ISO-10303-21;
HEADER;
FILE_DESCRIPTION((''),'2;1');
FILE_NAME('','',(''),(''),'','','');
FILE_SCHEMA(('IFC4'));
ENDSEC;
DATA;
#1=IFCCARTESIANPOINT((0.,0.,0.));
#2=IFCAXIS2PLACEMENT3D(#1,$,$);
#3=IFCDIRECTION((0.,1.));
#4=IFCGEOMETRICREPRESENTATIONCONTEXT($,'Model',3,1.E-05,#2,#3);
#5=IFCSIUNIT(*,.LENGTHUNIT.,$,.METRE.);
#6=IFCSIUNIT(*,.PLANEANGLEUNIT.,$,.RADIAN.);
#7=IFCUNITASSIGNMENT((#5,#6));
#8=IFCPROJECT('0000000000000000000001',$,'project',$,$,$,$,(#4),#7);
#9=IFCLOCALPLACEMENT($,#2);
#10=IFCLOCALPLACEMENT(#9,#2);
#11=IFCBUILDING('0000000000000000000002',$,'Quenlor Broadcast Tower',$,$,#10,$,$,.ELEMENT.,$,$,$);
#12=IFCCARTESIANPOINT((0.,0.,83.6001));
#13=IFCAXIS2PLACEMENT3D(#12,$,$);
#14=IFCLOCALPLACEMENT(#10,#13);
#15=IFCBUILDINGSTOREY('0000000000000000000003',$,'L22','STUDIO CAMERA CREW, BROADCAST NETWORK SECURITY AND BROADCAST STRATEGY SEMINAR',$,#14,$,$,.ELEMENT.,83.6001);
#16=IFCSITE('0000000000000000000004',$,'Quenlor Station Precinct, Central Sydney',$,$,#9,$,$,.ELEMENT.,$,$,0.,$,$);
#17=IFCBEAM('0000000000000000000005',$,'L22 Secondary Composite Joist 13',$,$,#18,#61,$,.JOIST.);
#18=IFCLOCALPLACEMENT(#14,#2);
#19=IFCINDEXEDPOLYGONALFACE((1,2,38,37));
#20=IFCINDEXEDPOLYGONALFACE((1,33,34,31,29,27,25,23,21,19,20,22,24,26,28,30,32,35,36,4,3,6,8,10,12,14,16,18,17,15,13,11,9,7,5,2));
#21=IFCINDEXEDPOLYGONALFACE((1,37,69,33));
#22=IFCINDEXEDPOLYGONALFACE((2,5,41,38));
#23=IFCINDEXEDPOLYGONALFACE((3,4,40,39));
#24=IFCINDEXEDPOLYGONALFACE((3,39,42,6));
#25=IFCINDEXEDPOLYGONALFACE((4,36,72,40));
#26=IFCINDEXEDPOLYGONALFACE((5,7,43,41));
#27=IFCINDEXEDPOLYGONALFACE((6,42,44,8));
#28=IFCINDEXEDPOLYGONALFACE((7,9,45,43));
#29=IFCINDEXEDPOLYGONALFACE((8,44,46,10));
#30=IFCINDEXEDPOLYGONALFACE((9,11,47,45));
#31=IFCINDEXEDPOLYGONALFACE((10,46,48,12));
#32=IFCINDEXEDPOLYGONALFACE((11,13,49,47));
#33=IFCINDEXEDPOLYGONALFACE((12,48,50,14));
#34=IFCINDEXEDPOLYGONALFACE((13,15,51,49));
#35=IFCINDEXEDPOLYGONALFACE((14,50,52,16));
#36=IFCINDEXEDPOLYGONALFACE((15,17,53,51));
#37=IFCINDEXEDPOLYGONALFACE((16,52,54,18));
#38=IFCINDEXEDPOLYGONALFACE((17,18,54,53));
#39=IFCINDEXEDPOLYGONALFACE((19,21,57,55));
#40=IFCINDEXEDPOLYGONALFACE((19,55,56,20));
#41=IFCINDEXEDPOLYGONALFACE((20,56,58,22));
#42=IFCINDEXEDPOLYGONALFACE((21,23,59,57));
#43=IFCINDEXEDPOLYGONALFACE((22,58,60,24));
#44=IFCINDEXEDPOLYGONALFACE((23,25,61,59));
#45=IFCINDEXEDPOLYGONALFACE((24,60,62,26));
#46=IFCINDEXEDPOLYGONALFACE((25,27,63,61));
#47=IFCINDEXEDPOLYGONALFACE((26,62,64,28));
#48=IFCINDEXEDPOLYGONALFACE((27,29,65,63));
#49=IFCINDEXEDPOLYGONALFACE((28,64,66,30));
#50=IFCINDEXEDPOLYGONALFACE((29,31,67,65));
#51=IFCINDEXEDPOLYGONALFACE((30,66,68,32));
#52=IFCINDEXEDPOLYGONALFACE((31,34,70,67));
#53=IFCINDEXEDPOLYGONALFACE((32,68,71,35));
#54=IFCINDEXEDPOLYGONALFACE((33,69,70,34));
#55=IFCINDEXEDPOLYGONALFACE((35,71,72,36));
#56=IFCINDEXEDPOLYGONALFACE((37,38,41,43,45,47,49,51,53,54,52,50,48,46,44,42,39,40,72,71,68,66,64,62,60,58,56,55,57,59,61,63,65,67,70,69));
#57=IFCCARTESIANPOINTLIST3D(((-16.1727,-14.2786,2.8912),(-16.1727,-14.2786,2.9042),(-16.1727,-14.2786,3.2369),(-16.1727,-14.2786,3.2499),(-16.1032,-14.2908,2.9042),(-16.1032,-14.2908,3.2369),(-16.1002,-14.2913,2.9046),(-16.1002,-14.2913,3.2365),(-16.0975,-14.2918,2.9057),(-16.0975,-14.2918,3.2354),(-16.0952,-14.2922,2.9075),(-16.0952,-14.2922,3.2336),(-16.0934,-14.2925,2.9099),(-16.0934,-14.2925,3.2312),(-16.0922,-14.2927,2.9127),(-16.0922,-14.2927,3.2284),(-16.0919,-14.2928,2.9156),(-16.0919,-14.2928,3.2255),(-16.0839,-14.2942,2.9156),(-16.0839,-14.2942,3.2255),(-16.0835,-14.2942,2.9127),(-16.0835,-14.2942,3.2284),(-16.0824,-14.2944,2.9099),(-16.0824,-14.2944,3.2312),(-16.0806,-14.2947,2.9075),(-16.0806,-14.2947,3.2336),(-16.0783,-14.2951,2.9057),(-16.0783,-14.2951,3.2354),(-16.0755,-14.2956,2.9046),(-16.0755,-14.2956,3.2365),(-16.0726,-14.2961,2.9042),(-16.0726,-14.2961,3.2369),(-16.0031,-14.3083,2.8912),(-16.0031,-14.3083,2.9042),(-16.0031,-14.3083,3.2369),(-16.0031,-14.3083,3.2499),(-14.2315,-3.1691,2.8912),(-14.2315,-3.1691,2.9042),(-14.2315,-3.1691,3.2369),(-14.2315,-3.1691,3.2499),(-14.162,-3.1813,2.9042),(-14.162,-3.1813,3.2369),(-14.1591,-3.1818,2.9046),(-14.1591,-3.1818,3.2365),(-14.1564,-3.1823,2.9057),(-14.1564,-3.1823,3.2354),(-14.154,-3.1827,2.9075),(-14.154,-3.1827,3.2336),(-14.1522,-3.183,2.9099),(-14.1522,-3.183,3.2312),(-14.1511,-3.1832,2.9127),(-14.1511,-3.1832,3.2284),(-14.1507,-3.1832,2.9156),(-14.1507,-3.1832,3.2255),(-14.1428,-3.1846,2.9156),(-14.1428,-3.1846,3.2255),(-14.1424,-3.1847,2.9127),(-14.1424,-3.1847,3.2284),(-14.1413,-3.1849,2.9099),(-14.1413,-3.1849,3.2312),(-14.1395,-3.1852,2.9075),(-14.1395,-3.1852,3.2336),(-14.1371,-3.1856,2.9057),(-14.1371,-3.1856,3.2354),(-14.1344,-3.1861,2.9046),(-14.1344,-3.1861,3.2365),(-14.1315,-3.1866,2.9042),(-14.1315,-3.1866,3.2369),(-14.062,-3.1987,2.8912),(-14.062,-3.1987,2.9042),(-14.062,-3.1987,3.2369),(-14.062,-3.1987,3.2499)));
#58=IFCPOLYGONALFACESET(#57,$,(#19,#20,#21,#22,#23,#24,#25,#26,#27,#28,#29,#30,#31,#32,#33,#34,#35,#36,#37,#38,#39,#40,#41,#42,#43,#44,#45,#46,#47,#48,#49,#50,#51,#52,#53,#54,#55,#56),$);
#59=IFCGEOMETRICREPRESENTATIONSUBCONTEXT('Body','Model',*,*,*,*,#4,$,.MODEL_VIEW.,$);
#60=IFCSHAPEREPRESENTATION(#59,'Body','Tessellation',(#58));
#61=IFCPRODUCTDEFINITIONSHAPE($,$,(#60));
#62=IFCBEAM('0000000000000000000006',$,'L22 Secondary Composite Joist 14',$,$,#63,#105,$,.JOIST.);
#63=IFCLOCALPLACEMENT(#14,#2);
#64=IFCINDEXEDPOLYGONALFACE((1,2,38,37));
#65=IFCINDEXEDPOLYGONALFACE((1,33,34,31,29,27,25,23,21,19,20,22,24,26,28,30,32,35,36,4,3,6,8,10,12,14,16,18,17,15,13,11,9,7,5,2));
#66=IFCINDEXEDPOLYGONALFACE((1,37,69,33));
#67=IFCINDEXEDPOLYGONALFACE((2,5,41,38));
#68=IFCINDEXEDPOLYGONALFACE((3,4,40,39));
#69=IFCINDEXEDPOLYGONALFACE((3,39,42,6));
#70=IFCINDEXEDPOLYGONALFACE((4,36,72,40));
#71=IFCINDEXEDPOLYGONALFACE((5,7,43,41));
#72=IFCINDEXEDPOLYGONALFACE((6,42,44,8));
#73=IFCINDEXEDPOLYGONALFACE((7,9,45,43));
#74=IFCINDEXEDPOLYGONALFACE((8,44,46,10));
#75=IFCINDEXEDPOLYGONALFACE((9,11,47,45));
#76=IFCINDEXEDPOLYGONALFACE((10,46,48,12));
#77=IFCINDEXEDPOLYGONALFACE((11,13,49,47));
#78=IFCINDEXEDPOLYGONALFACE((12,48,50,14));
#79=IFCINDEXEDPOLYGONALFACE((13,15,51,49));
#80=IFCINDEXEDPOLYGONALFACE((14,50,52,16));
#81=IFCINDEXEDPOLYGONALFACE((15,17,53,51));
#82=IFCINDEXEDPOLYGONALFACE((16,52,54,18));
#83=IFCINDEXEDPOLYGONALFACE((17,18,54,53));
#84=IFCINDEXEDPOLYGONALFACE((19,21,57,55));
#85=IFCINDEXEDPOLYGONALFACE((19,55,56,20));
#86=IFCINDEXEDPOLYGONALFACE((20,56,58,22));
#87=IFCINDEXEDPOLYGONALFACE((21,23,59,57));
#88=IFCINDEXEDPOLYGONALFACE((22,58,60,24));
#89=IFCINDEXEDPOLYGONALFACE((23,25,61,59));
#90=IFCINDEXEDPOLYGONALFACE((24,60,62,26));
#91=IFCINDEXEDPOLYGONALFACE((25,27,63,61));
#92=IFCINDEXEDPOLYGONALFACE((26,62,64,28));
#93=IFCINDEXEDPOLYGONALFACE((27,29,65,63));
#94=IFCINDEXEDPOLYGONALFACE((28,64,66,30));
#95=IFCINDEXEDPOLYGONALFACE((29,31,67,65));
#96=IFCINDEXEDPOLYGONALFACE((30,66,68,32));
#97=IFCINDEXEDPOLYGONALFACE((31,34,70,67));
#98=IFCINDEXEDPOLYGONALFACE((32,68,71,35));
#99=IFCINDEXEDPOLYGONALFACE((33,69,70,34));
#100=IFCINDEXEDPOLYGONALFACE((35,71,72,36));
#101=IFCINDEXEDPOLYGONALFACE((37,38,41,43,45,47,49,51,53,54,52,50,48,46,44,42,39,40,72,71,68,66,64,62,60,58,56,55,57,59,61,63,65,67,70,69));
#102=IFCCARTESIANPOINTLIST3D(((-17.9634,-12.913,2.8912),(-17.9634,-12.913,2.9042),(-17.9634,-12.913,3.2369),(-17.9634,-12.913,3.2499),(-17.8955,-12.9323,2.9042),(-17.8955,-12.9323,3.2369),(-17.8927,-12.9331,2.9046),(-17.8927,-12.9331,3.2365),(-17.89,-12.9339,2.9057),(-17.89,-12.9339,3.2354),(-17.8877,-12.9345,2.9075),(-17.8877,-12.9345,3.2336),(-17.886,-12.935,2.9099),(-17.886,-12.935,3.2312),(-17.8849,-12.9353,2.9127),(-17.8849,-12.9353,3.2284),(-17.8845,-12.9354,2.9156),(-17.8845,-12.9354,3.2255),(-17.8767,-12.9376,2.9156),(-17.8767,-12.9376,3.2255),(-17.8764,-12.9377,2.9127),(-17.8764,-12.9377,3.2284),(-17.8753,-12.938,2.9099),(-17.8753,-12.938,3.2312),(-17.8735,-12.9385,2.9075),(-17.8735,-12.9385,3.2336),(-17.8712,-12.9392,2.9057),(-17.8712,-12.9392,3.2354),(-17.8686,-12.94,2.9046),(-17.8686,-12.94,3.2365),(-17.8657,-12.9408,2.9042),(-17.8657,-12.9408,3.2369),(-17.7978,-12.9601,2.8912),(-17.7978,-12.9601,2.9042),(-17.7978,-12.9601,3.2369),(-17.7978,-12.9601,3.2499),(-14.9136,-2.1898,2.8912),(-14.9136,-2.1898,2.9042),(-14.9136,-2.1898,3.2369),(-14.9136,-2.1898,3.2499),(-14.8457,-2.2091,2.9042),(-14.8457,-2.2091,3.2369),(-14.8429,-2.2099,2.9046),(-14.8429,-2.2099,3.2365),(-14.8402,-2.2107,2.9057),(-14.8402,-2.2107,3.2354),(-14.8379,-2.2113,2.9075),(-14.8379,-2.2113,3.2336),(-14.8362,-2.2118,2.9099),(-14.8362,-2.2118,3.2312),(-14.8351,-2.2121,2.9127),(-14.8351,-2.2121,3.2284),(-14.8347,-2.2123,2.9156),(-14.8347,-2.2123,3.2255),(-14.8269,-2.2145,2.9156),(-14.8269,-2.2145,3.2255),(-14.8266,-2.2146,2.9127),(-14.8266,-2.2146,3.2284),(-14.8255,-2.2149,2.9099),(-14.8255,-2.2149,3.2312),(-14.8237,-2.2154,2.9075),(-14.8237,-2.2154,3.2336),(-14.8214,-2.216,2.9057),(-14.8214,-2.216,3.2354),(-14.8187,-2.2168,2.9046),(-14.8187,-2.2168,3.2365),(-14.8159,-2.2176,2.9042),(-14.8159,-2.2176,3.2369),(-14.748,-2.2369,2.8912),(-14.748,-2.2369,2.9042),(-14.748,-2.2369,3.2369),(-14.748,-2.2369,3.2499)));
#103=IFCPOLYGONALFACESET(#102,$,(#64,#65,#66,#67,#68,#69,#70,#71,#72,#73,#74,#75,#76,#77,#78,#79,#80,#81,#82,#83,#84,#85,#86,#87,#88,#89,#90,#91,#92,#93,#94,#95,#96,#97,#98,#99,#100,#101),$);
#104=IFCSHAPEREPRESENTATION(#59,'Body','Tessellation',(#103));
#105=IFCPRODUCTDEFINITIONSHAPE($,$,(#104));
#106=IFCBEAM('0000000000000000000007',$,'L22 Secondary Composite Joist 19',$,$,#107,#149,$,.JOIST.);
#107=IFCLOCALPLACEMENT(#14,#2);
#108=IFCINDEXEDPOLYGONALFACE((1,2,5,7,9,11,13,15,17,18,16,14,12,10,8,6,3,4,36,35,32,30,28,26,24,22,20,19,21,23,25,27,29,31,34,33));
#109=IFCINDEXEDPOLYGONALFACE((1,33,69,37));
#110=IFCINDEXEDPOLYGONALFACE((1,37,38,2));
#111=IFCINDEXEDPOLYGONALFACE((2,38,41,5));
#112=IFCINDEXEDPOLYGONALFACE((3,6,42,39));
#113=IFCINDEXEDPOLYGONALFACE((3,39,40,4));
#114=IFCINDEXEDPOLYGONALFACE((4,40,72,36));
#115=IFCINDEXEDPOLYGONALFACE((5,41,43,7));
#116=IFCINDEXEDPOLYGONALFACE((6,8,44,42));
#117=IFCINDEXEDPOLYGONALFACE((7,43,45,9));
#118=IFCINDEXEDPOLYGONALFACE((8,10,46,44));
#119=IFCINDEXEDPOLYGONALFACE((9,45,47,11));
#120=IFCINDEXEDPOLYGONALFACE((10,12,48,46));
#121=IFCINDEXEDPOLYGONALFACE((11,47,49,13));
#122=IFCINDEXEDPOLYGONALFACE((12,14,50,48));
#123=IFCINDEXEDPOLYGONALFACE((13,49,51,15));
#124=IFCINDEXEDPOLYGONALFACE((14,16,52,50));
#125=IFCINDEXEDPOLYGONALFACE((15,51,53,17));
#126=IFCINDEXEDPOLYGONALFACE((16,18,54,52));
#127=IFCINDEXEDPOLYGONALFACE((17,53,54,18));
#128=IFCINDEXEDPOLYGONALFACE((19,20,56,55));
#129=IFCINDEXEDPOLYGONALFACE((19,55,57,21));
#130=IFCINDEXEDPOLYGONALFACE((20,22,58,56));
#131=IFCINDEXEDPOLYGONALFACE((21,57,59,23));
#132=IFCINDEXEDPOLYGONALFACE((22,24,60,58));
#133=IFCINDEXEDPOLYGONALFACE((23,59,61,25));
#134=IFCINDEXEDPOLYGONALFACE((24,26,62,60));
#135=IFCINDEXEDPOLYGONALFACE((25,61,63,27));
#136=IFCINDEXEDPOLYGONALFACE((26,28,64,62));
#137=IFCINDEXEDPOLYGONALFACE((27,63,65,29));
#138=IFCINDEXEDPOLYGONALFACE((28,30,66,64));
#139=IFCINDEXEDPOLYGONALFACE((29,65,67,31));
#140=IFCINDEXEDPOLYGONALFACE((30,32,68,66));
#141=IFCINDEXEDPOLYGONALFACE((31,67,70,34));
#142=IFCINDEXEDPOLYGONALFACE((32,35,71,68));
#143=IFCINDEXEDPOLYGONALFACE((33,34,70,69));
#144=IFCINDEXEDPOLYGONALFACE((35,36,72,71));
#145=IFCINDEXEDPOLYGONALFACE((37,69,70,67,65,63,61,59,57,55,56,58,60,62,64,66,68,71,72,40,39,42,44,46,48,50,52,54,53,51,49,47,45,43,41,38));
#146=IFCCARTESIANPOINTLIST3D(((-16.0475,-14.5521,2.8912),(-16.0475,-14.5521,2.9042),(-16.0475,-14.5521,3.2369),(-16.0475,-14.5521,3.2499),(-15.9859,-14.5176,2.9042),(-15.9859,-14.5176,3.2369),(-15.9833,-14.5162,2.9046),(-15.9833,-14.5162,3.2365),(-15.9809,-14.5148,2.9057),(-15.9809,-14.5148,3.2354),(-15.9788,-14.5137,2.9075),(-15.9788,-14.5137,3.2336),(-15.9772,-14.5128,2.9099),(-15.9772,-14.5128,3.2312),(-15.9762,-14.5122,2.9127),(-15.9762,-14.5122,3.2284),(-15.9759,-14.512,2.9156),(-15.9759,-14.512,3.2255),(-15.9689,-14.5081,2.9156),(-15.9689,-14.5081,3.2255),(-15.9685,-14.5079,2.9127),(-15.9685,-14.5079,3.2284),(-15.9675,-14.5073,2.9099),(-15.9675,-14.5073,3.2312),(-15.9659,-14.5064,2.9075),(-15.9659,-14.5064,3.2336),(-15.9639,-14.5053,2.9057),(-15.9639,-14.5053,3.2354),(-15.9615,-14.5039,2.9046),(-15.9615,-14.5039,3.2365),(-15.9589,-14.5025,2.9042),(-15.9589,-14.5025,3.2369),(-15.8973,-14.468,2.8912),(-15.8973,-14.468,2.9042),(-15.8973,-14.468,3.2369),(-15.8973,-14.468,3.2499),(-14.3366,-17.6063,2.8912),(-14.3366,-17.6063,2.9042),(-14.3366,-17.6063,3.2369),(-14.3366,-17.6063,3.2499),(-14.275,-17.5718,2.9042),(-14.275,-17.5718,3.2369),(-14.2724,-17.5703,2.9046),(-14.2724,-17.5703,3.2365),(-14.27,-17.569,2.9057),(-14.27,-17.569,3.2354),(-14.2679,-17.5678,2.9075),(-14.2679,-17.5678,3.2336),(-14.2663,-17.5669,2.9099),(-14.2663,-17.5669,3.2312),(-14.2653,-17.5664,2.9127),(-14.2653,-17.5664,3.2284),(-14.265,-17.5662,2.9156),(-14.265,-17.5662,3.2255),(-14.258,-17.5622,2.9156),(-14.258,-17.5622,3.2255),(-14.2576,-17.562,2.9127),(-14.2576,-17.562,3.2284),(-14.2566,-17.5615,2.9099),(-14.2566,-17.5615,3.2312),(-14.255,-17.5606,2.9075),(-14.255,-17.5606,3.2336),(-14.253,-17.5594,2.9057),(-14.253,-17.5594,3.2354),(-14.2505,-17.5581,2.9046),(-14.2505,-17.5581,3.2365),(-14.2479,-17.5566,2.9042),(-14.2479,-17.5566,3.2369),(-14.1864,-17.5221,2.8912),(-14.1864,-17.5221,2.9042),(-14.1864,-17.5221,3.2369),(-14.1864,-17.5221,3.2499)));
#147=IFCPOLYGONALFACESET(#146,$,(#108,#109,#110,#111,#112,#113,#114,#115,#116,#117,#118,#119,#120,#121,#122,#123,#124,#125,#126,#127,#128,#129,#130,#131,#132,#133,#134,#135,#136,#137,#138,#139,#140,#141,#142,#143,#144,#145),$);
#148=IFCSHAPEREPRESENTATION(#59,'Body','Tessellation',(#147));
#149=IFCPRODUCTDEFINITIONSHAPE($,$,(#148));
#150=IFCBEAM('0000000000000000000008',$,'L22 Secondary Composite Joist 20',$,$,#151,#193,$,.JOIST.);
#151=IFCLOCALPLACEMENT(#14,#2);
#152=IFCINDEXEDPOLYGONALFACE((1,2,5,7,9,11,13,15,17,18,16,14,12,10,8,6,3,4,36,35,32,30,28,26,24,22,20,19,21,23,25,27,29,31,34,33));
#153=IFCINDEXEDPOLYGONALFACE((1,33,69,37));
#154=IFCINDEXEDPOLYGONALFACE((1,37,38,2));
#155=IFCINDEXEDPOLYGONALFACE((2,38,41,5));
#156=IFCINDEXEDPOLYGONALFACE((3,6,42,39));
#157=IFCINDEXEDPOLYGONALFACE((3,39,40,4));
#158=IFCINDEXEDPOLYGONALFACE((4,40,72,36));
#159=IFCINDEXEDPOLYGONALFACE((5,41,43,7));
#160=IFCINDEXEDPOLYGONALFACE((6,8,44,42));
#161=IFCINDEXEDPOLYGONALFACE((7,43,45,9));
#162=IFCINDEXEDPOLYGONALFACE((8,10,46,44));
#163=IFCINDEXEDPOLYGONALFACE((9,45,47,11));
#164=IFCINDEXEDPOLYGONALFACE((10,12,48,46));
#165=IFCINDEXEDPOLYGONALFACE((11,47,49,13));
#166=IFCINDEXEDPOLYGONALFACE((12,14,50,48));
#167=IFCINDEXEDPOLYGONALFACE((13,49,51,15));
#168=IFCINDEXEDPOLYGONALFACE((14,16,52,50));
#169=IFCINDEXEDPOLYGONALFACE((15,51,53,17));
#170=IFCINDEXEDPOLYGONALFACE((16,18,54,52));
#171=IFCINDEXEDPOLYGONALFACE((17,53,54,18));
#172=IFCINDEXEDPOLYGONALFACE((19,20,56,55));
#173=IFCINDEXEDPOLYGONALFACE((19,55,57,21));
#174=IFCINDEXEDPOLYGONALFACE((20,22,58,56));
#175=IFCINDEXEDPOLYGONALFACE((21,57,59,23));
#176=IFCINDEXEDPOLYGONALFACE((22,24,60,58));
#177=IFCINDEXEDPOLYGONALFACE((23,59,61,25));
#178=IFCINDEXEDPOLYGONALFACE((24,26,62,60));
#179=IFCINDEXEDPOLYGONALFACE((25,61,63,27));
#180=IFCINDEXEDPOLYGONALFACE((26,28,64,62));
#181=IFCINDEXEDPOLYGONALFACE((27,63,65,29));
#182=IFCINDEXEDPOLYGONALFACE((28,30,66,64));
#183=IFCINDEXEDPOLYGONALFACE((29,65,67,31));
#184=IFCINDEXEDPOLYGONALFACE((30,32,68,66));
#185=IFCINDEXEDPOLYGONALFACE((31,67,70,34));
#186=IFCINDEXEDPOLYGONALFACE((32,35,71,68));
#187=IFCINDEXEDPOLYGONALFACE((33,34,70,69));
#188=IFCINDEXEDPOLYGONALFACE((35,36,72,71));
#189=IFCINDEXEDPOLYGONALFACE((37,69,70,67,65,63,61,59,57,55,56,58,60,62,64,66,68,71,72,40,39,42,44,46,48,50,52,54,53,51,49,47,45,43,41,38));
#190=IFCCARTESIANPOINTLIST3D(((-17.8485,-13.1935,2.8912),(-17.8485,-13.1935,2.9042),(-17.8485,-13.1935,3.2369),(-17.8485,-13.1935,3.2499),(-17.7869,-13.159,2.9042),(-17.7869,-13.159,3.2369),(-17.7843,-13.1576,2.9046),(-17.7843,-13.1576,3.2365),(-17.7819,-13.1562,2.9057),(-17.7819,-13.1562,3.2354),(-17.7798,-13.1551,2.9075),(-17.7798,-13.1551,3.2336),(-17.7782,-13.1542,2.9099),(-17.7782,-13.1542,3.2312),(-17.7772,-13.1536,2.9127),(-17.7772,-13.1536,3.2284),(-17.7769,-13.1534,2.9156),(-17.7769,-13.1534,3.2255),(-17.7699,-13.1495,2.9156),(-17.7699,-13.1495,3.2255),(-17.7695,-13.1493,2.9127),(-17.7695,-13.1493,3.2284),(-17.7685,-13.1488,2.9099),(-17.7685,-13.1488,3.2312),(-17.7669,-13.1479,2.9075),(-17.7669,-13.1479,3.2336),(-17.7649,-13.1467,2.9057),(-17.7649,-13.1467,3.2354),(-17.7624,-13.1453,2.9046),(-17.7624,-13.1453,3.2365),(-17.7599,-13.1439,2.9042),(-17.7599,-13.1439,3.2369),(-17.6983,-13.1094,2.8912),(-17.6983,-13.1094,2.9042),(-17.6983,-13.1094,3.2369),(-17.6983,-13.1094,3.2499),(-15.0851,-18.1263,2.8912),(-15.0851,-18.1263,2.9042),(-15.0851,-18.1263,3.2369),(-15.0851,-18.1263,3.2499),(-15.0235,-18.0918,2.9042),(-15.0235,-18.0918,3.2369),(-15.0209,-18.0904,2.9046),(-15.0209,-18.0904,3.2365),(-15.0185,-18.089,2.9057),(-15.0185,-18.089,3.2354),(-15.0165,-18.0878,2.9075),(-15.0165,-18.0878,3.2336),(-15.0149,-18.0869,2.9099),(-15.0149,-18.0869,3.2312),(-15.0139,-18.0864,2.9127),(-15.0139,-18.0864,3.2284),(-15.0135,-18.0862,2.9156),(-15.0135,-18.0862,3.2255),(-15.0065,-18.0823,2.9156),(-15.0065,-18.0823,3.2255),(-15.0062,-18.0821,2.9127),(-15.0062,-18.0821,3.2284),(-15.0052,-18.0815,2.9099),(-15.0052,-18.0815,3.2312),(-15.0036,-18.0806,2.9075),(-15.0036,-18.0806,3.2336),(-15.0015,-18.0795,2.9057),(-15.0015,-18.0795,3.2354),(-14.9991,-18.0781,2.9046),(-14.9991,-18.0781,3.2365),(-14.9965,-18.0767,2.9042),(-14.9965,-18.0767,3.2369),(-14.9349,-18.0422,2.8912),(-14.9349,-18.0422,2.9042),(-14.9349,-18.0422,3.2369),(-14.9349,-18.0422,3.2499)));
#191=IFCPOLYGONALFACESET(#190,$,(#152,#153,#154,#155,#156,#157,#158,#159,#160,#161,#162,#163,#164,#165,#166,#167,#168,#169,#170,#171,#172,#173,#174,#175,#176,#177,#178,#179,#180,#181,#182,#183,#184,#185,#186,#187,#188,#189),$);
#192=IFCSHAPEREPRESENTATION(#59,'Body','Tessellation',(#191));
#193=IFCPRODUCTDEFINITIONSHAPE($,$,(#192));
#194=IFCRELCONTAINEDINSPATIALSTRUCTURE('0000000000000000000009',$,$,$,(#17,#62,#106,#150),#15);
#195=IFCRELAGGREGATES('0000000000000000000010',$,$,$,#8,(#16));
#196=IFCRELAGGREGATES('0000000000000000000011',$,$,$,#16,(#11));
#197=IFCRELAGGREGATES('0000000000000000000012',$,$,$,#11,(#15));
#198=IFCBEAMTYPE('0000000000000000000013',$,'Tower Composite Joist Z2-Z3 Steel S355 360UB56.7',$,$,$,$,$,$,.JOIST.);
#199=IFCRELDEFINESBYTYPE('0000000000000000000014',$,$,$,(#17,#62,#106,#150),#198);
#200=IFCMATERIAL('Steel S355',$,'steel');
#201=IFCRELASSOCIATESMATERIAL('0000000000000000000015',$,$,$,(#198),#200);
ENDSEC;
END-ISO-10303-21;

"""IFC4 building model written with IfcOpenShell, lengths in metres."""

from ifc_helpers import new_model, si_unit, direction, frame, origin, origin_2d, place, context, subcontext, project, spatial, i_section, extrude, material, material_profile, profile_set, type_object, element, save


model = new_model("IFC4")

# Units and contexts
model_context = context("Model", 3, precision=1e-05, world=origin(), true_north=direction((0.0, 1.0)))
body_context = subcontext(model_context, "Body", "Model", "MODEL_VIEW")
ifc_project = project(units=[si_unit("LENGTHUNIT", "METRE"), si_unit("PLANEANGLEUNIT", "RADIAN")], contexts=[model_context])

# Site, building, storey
site_placement = place(None, origin())
site = spatial("IfcSite", under=ifc_project, at=site_placement, Name="Quenlor Station Precinct, Central Sydney", CompositionType="ELEMENT", RefElevation=0.0)
building_placement = place(site_placement, origin())
building = spatial("IfcBuilding", under=site, at=building_placement, Name="Quenlor Broadcast Tower", CompositionType="ELEMENT")
storey_placement = place(building_placement, frame((0.0, 0.0, 83.6001)))
storey = spatial("IfcBuildingStorey", under=building, at=storey_placement, Name="L22", Description="STUDIO CAMERA CREW, BROADCAST NETWORK SECURITY AND BROADCAST STRATEGY SEMINAR", CompositionType="ELEMENT", Elevation=83.6001)

# Beams
ifc_material_1 = material(Name="Steel S355", Category="steel")
ifc_material_profile_1 = material_profile(ifc_material_1, i_section(OverallWidth=0.1721, OverallDepth=0.3586, WebThickness=0.0081, FlangeThickness=0.0129, FilletRadius=0.0115, at=origin_2d()))
ifc_profile_set_1 = profile_set([ifc_material_profile_1], Name="Steel S355 360UB56.7")
beam_type_1 = type_object("IfcBeamType", Name="Tower Composite Joist Z2-Z3 Steel S355 360UB56.7", PredefinedType="JOIST", material=ifc_profile_set_1)
beam_1_placement = place(storey_placement, frame((-16.0879, -14.2935, 3.0706), z_axis=(0.17212, 0.985076, 0.0), x_axis=(-0.985076, 0.17212, 0.0)))
element("IfcBeam", 1, at=beam_1_placement, inside=storey, type_object=beam_type_1, Name="L22 Secondary Composite Joist 13", PredefinedType="JOIST", context=body_context, shape_type="SweptSolid", body=[
    extrude(i_section(OverallWidth=0.1721, OverallDepth=0.3586, WebThickness=0.0081, FlangeThickness=0.0129, FilletRadius=0.0115, at=origin_2d()), origin(), (0.0, 0.0, 1.0), 11.2778),
])
beam_2_placement = place(storey_placement, frame((-17.8806, -12.9365, 3.0706), z_axis=(0.273564, 0.961854, 0.0), x_axis=(-0.961854, 0.273564, 0.0)))
element("IfcBeam", 2, at=beam_2_placement, inside=storey, type_object=beam_type_1, Name="L22 Secondary Composite Joist 14", PredefinedType="JOIST", context=body_context, shape_type="SweptSolid", body=[
    extrude(i_section(OverallWidth=0.1721, OverallDepth=0.3586, WebThickness=0.0081, FlangeThickness=0.0129, FilletRadius=0.0115, at=origin_2d()), origin(), (0.0, 0.0, 1.0), 11.1484),
])
beam_3_placement = place(storey_placement, frame((-14.2615, -17.5642, 3.0706), z_axis=(-0.488731, 0.872435, 0.0), x_axis=(-0.872435, -0.488731, 0.0)))
element("IfcBeam", 3, at=beam_3_placement, inside=storey, type_object=beam_type_1, Name="L22 Secondary Composite Joist 19", PredefinedType="JOIST", context=body_context, shape_type="SweptSolid", body=[
    extrude(i_section(OverallWidth=0.1721, OverallDepth=0.3586, WebThickness=0.0081, FlangeThickness=0.0129, FilletRadius=0.0115, at=origin_2d()), origin(), (0.0, 0.0, 1.0), 3.5007),
])
beam_4_placement = place(storey_placement, frame((-15.01, -18.0842, 3.0706), z_axis=(-0.488741, 0.872429, 0.0), x_axis=(-0.872429, -0.488741, 0.0)))
element("IfcBeam", 4, at=beam_4_placement, inside=storey, type_object=beam_type_1, Name="L22 Secondary Composite Joist 20", PredefinedType="JOIST", context=body_context, shape_type="SweptSolid", body=[
    extrude(i_section(OverallWidth=0.1721, OverallDepth=0.3586, WebThickness=0.0081, FlangeThickness=0.0129, FilletRadius=0.0115, at=origin_2d()), origin(), (0.0, 0.0, 1.0), 5.6541),
])

save(model, "model.ifc")
